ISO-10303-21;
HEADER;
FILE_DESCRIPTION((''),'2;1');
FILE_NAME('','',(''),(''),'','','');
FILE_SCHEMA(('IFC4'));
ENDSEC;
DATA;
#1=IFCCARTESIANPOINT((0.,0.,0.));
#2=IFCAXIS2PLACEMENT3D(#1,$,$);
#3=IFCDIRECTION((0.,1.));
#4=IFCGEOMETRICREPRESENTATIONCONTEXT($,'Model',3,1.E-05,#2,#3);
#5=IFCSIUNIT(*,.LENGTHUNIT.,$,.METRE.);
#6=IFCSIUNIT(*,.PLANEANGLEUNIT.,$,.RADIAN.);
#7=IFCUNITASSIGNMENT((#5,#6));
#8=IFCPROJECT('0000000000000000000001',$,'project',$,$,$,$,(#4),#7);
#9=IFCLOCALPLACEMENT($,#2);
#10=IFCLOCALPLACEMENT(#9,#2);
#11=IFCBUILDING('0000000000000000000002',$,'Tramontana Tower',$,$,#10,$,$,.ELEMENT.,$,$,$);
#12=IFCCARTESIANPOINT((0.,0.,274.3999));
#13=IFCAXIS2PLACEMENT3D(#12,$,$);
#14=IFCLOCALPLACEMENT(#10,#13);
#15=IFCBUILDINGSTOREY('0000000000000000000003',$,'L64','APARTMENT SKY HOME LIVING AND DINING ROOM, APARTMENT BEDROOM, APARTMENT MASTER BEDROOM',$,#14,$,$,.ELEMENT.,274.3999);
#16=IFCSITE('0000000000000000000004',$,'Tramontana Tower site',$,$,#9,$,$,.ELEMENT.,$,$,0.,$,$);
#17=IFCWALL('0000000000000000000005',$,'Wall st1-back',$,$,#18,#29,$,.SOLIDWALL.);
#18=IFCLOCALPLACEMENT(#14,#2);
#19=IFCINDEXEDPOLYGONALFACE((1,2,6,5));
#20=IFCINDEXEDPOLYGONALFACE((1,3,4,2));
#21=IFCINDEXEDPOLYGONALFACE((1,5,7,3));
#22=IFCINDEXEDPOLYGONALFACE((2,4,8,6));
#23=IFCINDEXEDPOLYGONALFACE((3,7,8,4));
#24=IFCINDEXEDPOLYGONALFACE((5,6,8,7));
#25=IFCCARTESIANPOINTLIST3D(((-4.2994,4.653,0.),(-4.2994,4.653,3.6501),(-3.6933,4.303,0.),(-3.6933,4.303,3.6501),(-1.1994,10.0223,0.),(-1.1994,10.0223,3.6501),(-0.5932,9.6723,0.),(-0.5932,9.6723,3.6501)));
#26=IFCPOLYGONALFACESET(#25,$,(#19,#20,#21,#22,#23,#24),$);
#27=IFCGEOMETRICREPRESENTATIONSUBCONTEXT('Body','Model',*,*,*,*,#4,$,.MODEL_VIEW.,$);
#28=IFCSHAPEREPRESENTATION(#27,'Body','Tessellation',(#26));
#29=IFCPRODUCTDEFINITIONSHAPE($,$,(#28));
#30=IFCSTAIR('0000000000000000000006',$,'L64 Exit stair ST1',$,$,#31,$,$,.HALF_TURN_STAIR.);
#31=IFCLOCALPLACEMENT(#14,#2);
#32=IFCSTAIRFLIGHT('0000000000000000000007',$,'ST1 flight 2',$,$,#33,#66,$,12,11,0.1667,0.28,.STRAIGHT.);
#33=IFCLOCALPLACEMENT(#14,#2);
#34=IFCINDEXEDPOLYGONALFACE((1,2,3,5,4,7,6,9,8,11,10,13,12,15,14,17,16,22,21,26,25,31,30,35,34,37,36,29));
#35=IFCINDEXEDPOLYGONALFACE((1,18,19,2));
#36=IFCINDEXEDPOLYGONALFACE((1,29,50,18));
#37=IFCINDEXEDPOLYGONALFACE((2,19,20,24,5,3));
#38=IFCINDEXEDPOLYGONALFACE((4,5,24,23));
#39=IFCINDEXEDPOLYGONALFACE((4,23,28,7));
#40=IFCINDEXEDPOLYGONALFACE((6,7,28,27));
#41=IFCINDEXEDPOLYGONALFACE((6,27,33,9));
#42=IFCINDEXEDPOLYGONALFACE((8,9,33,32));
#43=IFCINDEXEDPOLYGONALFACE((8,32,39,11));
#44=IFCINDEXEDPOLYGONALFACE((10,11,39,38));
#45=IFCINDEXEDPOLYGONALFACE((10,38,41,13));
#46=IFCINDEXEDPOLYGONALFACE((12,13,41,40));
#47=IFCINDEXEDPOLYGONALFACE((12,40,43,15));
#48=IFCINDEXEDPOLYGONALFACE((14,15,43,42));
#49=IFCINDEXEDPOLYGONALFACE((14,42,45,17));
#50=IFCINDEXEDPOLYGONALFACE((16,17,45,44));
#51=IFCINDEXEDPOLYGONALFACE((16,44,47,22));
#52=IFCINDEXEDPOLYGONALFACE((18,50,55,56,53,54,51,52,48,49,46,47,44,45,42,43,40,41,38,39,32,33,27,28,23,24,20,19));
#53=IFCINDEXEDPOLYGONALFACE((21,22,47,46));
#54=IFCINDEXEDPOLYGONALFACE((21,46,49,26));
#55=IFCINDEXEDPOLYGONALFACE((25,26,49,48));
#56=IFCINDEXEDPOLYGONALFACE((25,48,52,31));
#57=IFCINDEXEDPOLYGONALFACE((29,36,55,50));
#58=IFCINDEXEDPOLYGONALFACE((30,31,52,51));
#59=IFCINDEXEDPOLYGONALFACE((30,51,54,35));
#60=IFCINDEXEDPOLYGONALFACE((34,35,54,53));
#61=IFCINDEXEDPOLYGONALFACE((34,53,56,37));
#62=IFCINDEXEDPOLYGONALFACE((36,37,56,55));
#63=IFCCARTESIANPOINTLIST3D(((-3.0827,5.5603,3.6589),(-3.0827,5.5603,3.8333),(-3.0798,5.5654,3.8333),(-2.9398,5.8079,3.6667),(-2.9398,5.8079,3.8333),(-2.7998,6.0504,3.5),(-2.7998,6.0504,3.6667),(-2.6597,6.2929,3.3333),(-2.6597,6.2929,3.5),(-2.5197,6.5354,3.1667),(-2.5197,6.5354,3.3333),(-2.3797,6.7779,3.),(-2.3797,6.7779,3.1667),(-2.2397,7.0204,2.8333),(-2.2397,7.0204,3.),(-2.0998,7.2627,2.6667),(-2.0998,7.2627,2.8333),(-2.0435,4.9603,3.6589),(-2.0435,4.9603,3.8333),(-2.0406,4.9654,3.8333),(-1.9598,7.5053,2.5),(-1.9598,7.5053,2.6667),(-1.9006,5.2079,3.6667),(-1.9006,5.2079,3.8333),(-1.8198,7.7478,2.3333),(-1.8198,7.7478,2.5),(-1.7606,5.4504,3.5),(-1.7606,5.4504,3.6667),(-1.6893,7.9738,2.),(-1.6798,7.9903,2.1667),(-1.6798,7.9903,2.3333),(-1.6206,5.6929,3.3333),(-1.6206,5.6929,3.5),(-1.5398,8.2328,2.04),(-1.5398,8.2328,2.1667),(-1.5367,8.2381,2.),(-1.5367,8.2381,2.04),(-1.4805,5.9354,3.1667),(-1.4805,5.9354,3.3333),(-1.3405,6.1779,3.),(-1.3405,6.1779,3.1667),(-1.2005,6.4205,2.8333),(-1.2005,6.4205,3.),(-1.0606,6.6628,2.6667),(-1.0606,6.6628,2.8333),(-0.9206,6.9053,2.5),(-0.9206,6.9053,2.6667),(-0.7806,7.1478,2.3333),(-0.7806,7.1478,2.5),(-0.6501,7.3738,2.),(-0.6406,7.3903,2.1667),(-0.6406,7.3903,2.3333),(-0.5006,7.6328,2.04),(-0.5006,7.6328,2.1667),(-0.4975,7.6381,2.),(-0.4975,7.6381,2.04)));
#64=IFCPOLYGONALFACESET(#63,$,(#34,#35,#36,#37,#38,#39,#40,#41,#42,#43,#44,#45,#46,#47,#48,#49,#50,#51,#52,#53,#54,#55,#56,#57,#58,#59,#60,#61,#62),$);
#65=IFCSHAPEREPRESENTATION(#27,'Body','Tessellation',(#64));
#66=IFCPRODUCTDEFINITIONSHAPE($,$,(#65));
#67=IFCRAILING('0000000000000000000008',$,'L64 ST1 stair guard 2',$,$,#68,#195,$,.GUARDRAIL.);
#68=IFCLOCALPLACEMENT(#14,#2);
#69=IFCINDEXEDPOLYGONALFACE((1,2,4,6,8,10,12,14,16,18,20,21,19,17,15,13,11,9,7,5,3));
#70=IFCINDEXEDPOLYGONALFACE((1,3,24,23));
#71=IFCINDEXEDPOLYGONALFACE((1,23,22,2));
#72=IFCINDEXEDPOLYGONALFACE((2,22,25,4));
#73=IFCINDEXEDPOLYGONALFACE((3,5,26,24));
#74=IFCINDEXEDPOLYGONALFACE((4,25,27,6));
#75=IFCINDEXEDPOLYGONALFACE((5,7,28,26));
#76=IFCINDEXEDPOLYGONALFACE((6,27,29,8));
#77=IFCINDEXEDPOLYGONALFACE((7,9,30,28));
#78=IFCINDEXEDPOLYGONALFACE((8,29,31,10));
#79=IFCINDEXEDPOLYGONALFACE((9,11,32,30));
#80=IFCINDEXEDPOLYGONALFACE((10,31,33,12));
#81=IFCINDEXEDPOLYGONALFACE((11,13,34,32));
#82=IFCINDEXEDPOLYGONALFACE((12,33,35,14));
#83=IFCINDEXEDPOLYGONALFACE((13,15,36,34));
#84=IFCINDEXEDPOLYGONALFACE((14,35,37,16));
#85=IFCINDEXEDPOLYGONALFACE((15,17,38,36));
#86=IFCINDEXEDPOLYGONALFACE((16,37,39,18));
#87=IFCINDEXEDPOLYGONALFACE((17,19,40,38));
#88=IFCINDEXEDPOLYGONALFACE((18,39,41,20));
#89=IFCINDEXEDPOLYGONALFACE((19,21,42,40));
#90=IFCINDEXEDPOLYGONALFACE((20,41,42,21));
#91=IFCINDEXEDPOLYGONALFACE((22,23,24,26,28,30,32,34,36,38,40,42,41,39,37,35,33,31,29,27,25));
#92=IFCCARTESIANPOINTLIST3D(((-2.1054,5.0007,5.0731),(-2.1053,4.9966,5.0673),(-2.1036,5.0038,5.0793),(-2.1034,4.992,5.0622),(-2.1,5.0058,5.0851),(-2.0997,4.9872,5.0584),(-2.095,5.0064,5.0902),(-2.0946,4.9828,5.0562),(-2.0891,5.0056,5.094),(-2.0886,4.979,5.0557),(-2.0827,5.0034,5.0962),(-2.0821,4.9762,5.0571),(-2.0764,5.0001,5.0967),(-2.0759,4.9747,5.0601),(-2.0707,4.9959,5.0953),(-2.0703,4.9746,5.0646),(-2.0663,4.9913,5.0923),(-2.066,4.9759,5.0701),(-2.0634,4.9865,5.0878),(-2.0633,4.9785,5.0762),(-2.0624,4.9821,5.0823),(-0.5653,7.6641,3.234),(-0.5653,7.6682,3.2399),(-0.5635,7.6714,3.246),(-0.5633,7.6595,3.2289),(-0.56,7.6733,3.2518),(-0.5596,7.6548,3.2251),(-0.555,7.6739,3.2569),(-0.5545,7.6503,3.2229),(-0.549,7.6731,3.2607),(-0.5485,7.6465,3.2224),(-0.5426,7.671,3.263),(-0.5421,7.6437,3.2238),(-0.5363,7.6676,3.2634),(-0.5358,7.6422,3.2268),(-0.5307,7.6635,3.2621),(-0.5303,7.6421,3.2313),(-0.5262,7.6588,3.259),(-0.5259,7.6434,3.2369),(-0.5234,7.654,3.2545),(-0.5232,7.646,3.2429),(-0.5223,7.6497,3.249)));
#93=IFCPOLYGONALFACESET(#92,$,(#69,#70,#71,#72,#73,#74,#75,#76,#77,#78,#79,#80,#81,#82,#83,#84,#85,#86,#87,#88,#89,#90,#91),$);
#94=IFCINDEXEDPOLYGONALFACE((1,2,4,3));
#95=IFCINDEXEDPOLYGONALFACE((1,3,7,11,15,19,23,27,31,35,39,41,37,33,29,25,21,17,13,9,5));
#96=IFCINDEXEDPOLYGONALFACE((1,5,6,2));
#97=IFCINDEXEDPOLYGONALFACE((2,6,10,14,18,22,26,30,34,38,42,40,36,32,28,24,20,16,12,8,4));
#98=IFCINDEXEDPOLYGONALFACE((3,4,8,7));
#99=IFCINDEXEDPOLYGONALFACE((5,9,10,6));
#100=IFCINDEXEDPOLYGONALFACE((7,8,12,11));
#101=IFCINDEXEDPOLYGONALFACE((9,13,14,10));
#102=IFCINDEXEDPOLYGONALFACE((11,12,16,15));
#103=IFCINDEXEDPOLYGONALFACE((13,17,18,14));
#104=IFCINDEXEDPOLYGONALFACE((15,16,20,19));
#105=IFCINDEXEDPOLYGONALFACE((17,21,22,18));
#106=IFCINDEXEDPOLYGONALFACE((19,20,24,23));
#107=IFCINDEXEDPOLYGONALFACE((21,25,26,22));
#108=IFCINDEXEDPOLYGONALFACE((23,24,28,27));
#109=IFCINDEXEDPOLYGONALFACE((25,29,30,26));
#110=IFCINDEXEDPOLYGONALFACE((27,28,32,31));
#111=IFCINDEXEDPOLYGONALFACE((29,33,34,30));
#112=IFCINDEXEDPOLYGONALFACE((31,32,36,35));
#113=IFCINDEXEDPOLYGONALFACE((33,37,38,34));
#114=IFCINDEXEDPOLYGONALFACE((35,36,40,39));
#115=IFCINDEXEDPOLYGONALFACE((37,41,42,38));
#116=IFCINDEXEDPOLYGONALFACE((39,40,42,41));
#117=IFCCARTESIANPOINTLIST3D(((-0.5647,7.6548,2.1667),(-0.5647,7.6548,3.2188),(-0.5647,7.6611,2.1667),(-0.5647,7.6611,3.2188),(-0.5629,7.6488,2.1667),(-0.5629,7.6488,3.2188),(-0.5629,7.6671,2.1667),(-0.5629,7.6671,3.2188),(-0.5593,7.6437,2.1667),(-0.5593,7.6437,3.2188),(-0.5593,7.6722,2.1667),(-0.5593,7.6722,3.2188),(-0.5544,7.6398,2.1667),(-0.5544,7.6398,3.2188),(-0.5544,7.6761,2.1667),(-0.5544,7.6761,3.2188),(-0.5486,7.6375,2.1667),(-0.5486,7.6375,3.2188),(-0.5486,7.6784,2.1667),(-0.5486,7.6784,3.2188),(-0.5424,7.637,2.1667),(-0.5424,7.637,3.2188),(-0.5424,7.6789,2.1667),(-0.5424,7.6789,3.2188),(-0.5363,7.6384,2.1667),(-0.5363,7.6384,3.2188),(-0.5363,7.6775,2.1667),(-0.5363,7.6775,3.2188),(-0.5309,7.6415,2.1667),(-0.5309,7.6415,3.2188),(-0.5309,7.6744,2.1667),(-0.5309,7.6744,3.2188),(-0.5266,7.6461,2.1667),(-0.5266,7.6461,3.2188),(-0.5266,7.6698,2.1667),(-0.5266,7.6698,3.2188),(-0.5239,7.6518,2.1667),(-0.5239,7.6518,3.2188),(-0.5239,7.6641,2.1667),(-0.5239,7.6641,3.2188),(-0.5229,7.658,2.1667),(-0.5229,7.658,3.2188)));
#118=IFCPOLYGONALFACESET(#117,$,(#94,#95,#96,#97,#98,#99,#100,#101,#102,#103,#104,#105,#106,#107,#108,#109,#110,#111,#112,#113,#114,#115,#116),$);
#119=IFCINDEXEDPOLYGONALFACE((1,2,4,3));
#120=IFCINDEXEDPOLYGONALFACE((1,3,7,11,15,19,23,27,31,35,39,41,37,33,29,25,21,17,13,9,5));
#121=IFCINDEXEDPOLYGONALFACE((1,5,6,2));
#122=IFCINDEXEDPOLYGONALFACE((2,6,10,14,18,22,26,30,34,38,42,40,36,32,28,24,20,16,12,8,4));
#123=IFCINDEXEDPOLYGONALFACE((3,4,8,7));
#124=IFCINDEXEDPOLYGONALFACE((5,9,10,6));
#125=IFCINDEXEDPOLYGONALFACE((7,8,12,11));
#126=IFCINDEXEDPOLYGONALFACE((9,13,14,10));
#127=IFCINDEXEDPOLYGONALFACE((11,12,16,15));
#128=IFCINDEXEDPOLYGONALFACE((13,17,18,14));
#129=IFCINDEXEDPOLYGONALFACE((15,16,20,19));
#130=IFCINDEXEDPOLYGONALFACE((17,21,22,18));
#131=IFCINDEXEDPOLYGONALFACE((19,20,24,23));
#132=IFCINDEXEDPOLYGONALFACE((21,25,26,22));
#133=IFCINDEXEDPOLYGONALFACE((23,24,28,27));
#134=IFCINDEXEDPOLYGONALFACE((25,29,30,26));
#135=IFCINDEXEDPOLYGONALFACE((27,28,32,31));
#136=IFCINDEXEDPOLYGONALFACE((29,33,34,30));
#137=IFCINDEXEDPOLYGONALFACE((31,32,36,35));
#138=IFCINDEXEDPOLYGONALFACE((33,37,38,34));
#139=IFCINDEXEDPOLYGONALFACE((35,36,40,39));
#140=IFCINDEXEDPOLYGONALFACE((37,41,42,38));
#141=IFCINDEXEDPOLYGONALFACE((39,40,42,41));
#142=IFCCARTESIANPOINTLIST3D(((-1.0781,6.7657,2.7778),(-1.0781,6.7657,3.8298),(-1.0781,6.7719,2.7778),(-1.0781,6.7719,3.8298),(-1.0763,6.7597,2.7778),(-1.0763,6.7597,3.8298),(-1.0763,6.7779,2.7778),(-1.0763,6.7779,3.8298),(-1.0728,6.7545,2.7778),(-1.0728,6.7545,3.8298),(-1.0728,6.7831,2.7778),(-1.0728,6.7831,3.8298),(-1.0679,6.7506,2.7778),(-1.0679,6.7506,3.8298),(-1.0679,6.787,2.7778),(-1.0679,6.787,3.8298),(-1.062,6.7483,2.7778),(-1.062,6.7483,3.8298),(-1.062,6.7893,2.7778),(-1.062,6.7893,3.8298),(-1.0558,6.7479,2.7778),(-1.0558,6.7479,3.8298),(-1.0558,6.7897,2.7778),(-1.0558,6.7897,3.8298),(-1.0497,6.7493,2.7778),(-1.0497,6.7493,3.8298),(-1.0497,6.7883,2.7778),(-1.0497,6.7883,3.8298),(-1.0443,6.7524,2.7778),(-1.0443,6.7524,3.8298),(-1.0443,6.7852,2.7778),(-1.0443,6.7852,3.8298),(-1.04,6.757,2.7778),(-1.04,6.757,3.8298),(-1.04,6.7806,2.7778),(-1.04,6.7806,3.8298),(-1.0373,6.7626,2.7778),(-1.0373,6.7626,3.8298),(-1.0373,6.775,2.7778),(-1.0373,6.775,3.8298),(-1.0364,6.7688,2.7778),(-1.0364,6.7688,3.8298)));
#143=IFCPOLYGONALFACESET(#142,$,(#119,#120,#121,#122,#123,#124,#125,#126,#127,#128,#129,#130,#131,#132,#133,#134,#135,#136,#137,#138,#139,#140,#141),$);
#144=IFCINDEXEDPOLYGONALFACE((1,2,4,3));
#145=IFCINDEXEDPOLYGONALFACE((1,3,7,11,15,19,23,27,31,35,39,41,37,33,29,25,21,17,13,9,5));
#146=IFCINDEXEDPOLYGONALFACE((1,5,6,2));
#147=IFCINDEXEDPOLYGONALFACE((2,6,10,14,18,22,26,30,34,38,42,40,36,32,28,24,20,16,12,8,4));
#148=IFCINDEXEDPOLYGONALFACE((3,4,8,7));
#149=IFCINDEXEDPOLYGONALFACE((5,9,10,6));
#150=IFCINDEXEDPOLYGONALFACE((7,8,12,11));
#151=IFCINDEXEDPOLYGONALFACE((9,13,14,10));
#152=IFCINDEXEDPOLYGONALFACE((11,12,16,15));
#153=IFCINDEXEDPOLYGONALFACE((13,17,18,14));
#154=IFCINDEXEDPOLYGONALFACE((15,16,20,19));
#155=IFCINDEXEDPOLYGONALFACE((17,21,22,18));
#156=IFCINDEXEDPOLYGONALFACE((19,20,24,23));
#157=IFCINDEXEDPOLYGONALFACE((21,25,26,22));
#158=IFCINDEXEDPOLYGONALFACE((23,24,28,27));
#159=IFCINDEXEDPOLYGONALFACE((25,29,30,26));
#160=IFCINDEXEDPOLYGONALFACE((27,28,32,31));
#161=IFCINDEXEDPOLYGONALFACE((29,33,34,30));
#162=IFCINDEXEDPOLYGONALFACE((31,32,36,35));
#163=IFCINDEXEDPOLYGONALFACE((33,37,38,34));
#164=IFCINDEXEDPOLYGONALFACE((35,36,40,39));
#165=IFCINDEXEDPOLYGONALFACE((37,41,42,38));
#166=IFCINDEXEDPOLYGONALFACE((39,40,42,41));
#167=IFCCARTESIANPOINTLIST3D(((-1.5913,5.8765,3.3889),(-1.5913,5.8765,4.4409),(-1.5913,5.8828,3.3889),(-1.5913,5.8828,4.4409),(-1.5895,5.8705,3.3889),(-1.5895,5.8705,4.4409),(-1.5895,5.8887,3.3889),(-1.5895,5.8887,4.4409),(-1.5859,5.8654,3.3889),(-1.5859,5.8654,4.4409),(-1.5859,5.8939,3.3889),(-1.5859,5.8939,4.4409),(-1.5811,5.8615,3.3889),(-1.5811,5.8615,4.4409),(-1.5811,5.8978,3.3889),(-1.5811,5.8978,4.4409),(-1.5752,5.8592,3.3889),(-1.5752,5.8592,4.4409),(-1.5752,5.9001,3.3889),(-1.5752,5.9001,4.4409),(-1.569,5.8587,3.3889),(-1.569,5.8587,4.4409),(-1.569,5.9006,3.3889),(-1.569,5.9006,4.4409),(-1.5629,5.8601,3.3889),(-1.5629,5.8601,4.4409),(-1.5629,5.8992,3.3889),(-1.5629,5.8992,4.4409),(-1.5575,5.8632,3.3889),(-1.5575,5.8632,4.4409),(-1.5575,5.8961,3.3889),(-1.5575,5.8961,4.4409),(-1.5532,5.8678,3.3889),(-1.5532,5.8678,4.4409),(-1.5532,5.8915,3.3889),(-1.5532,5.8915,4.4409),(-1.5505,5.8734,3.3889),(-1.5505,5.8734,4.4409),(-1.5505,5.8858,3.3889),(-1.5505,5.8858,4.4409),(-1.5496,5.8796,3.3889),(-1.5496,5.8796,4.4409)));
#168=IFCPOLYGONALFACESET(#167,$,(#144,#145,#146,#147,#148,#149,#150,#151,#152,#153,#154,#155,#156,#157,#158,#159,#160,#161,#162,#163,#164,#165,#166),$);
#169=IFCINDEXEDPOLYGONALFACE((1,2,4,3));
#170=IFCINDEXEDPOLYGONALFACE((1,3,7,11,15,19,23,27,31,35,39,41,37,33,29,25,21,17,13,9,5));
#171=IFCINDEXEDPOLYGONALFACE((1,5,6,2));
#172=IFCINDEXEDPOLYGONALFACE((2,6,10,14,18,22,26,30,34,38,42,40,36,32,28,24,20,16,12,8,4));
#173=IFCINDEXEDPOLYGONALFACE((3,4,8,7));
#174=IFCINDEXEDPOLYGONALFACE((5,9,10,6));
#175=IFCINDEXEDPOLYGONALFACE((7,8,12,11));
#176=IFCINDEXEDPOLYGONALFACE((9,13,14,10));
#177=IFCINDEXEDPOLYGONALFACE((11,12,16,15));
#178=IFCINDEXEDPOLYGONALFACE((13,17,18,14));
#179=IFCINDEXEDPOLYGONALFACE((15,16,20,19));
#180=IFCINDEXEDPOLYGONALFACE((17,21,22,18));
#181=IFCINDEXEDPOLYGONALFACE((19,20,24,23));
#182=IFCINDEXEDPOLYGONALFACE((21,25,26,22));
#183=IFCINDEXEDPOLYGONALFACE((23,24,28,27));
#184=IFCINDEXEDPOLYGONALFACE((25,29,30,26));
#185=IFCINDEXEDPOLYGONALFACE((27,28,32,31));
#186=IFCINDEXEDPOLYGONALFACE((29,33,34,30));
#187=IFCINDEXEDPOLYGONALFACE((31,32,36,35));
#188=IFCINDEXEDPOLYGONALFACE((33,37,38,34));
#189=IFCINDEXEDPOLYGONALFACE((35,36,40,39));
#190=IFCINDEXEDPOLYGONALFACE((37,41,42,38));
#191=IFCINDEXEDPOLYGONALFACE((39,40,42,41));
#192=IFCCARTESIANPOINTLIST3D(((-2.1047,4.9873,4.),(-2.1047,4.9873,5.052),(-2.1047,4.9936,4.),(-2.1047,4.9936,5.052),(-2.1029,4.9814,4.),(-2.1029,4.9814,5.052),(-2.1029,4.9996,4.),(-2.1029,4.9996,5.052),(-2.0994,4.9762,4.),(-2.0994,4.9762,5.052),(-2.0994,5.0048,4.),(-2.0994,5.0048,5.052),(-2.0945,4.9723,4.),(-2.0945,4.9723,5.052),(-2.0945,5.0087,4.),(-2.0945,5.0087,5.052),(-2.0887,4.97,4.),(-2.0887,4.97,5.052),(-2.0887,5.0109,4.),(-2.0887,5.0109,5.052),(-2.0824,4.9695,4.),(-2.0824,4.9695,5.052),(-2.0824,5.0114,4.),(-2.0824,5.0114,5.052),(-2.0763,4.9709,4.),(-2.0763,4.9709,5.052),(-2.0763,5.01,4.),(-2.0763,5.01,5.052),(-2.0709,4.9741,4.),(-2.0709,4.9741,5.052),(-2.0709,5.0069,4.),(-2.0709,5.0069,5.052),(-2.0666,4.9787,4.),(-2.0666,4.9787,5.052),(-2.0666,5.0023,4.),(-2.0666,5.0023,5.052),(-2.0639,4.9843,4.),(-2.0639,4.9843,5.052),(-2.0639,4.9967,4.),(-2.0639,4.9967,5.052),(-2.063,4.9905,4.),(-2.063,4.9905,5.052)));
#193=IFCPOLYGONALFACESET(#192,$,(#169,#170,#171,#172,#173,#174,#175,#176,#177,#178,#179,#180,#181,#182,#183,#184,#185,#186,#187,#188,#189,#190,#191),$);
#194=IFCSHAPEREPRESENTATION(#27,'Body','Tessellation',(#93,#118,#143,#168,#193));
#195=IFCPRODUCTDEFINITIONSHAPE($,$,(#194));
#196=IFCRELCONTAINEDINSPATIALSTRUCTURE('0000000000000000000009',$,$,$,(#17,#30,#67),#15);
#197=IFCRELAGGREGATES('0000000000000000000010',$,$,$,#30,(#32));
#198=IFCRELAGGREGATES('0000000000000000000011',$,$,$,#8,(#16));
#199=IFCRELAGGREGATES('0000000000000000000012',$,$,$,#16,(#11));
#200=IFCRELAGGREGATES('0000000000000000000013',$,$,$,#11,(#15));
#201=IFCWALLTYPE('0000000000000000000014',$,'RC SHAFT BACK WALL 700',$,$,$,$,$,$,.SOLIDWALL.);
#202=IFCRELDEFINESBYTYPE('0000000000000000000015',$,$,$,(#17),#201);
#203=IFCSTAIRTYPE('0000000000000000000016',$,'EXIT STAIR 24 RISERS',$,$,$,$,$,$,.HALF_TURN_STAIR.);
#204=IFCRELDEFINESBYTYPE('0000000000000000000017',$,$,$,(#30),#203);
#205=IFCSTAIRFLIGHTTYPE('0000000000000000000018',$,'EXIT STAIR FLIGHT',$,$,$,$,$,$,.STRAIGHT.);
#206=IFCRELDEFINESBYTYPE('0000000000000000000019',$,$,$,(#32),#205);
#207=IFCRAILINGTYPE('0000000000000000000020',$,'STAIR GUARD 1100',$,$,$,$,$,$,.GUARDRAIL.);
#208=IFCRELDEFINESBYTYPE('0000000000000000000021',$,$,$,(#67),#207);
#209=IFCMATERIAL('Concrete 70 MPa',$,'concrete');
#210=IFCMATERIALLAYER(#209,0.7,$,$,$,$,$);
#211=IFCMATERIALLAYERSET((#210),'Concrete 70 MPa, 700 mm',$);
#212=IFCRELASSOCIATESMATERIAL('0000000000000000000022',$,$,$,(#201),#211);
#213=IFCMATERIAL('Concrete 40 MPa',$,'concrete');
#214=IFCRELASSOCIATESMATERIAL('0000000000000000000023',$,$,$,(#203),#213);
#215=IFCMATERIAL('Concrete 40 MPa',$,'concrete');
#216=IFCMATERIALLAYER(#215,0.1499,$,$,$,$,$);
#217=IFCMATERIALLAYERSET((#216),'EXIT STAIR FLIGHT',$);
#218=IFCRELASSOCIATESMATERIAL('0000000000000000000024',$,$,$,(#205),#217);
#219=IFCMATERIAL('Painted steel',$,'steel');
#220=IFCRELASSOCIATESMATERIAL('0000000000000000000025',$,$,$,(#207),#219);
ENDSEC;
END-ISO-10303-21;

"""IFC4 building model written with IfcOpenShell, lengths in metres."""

from ifc_helpers import new_model, si_unit, direction, frame, frame_2d, origin, origin_2d, place, context, subcontext, project, spatial, polyline, rectangle, circle, outline, extrude, material, layer, layer_set, type_object, element, aggregate, save


model = new_model("IFC4")

# Units and contexts
model_context = context("Model", 3, precision=1e-05, world=origin(), true_north=direction((0.0, 1.0)))
body_context = subcontext(model_context, "Body", "Model", "MODEL_VIEW")
ifc_project = project(units=[si_unit("LENGTHUNIT", "METRE"), si_unit("PLANEANGLEUNIT", "RADIAN")], contexts=[model_context])

# Site, building, storey
site_placement = place(None, origin())
site = spatial("IfcSite", under=ifc_project, at=site_placement, Name="Tramontana Tower site", CompositionType="ELEMENT", RefElevation=0.0)
building_placement = place(site_placement, origin())
building = spatial("IfcBuilding", under=site, at=building_placement, Name="Tramontana Tower", CompositionType="ELEMENT")
storey_placement = place(building_placement, frame((0.0, 0.0, 274.3999)))
storey = spatial("IfcBuildingStorey", under=building, at=storey_placement, Name="L64", Description="APARTMENT SKY HOME LIVING AND DINING ROOM, APARTMENT BEDROOM, APARTMENT MASTER BEDROOM", CompositionType="ELEMENT", Elevation=274.3999)

# Wall
ifc_material_1 = material(Name="Concrete 70 MPa", Category="concrete")
ifc_layer_1 = layer(ifc_material_1, 0.7)
ifc_layer_set_1 = layer_set([ifc_layer_1], Name="Concrete 70 MPa, 700 mm")
wall_type_1 = type_object("IfcWallType", Name="RC SHAFT BACK WALL 700", PredefinedType="SOLIDWALL", material=ifc_layer_set_1)
wall_1_placement = place(storey_placement, frame((-0.8962, 9.8474, 0.0), z_axis=(0.0, 0.0, 1.0), x_axis=(-0.50001, -0.86602, 0.0)))
element("IfcWall", 1, at=wall_1_placement, inside=storey, type_object=wall_type_1, Name="Wall st1-back", PredefinedType="SOLIDWALL", context=body_context, shape_type="SweptSolid", body=[
    extrude(rectangle(XDim=6.2, YDim=0.7, at=frame_2d((3.1001, 0.0))), origin(), (0.0, 0.0, 1.0), 3.6501),
])

# Stair, stair flight
ifc_material_2 = material(Name="Concrete 40 MPa", Category="concrete")
stair_type = type_object("IfcStairType", Name="EXIT STAIR 24 RISERS", PredefinedType="HALF_TURN_STAIR", material=ifc_material_2)
stair_placement = place(storey_placement, origin())
stair = element("IfcStair", 2, at=stair_placement, inside=storey, type_object=stair_type, Name="L64 Exit stair ST1", PredefinedType="HALF_TURN_STAIR")
ifc_material_3 = material(Name="Concrete 40 MPa", Category="concrete")
ifc_layer_2 = layer(ifc_material_3, 0.1499)
ifc_layer_set_2 = layer_set([ifc_layer_2], Name="EXIT STAIR FLIGHT")
stair_flight_type = type_object("IfcStairFlightType", Name="EXIT STAIR FLIGHT", PredefinedType="STRAIGHT", material=ifc_layer_set_2)
stair_flight_placement = place(storey_placement, frame((-1.0203, 7.9329, 2.0), z_axis=(0.0, 0.0, 1.0), x_axis=(-0.5, -0.866025, 0.0)))
stair_flight = element("IfcStairFlight", 3, at=stair_flight_placement, type_object=stair_flight_type, Name="ST1 flight 2", NumberOfRisers=12, NumberOfTreads=11, PredefinedType="STRAIGHT", RiserHeight=0.1667, TreadLength=0.28, context=body_context, shape_type="SweptSolid", body=[
    extrude(outline(polyline([(-0.0061, 0.0), (-0.0061, 0.04), (0.0, 0.04), (0.0, 0.1667), (0.28, 0.1667), (0.28, 0.3333), (0.5601, 0.3333), (0.5601, 0.5), (0.8401, 0.5), (0.8401, 0.6667), (1.1201, 0.6667), (1.1201, 0.8333), (1.3999, 0.8333), (1.3999, 1.0), (1.6799, 1.0), (1.6799, 1.1667), (1.96, 1.1667), (1.96, 1.3333), (2.24, 1.3333), (2.24, 1.5), (2.52, 1.5), (2.52, 1.6667), (2.8, 1.6667), (2.8, 1.8333), (3.0801, 1.8333), (3.0859, 1.8333), (3.0859, 1.6589), (0.2991, 0.0), (-0.0061, 0.0)])), frame((0.0, 0.6001, 0.0), z_axis=(0.0, -1.0, 0.0), x_axis=(1.0, 0.0, 0.0)), (0.0, 0.0, 1.0), 1.2),
])
aggregate(stair, [stair_flight])

# Railing
ifc_material_4 = material(Name="Painted steel", Category="steel")
railing_type_1 = type_object("IfcRailingType", Name="STAIR GUARD 1100", PredefinedType="GUARDRAIL", material=ifc_material_4)
railing_1_placement = place(storey_placement, frame((-0.5439, 7.658, 2.1667)))
element("IfcRailing", 4, at=railing_1_placement, inside=storey, type_object=railing_type_1, Name="L64 ST1 stair guard 2", PredefinedType="GUARDRAIL", context=body_context, shape_type="SweptSolid", body=[
    extrude(circle(Radius=0.0239, at=origin_2d()), frame((0.0, 0.0, 1.0762), z_axis=(-0.429649, -0.74419, 0.511452), x_axis=(0.86603, -0.499992, 0.0)), (0.0, 0.0, 1.0), 3.5845),
    extrude(circle(Radius=0.021, at=origin_2d()), origin(), (0.0, 0.0, 1.0), 1.052),
    extrude(circle(Radius=0.021, at=origin_2d()), frame((-0.5134, -0.8892, 0.6111)), (0.0, 0.0, 1.0), 1.052),
    extrude(circle(Radius=0.021, at=origin_2d()), frame((-1.0266, -1.7783, 1.2222)), (0.0, 0.0, 1.0), 1.052),
    extrude(circle(Radius=0.021, at=origin_2d()), frame((-1.54, -2.6675, 1.8333)), (0.0, 0.0, 1.0), 1.052),
])

save(model, "model.ifc")
